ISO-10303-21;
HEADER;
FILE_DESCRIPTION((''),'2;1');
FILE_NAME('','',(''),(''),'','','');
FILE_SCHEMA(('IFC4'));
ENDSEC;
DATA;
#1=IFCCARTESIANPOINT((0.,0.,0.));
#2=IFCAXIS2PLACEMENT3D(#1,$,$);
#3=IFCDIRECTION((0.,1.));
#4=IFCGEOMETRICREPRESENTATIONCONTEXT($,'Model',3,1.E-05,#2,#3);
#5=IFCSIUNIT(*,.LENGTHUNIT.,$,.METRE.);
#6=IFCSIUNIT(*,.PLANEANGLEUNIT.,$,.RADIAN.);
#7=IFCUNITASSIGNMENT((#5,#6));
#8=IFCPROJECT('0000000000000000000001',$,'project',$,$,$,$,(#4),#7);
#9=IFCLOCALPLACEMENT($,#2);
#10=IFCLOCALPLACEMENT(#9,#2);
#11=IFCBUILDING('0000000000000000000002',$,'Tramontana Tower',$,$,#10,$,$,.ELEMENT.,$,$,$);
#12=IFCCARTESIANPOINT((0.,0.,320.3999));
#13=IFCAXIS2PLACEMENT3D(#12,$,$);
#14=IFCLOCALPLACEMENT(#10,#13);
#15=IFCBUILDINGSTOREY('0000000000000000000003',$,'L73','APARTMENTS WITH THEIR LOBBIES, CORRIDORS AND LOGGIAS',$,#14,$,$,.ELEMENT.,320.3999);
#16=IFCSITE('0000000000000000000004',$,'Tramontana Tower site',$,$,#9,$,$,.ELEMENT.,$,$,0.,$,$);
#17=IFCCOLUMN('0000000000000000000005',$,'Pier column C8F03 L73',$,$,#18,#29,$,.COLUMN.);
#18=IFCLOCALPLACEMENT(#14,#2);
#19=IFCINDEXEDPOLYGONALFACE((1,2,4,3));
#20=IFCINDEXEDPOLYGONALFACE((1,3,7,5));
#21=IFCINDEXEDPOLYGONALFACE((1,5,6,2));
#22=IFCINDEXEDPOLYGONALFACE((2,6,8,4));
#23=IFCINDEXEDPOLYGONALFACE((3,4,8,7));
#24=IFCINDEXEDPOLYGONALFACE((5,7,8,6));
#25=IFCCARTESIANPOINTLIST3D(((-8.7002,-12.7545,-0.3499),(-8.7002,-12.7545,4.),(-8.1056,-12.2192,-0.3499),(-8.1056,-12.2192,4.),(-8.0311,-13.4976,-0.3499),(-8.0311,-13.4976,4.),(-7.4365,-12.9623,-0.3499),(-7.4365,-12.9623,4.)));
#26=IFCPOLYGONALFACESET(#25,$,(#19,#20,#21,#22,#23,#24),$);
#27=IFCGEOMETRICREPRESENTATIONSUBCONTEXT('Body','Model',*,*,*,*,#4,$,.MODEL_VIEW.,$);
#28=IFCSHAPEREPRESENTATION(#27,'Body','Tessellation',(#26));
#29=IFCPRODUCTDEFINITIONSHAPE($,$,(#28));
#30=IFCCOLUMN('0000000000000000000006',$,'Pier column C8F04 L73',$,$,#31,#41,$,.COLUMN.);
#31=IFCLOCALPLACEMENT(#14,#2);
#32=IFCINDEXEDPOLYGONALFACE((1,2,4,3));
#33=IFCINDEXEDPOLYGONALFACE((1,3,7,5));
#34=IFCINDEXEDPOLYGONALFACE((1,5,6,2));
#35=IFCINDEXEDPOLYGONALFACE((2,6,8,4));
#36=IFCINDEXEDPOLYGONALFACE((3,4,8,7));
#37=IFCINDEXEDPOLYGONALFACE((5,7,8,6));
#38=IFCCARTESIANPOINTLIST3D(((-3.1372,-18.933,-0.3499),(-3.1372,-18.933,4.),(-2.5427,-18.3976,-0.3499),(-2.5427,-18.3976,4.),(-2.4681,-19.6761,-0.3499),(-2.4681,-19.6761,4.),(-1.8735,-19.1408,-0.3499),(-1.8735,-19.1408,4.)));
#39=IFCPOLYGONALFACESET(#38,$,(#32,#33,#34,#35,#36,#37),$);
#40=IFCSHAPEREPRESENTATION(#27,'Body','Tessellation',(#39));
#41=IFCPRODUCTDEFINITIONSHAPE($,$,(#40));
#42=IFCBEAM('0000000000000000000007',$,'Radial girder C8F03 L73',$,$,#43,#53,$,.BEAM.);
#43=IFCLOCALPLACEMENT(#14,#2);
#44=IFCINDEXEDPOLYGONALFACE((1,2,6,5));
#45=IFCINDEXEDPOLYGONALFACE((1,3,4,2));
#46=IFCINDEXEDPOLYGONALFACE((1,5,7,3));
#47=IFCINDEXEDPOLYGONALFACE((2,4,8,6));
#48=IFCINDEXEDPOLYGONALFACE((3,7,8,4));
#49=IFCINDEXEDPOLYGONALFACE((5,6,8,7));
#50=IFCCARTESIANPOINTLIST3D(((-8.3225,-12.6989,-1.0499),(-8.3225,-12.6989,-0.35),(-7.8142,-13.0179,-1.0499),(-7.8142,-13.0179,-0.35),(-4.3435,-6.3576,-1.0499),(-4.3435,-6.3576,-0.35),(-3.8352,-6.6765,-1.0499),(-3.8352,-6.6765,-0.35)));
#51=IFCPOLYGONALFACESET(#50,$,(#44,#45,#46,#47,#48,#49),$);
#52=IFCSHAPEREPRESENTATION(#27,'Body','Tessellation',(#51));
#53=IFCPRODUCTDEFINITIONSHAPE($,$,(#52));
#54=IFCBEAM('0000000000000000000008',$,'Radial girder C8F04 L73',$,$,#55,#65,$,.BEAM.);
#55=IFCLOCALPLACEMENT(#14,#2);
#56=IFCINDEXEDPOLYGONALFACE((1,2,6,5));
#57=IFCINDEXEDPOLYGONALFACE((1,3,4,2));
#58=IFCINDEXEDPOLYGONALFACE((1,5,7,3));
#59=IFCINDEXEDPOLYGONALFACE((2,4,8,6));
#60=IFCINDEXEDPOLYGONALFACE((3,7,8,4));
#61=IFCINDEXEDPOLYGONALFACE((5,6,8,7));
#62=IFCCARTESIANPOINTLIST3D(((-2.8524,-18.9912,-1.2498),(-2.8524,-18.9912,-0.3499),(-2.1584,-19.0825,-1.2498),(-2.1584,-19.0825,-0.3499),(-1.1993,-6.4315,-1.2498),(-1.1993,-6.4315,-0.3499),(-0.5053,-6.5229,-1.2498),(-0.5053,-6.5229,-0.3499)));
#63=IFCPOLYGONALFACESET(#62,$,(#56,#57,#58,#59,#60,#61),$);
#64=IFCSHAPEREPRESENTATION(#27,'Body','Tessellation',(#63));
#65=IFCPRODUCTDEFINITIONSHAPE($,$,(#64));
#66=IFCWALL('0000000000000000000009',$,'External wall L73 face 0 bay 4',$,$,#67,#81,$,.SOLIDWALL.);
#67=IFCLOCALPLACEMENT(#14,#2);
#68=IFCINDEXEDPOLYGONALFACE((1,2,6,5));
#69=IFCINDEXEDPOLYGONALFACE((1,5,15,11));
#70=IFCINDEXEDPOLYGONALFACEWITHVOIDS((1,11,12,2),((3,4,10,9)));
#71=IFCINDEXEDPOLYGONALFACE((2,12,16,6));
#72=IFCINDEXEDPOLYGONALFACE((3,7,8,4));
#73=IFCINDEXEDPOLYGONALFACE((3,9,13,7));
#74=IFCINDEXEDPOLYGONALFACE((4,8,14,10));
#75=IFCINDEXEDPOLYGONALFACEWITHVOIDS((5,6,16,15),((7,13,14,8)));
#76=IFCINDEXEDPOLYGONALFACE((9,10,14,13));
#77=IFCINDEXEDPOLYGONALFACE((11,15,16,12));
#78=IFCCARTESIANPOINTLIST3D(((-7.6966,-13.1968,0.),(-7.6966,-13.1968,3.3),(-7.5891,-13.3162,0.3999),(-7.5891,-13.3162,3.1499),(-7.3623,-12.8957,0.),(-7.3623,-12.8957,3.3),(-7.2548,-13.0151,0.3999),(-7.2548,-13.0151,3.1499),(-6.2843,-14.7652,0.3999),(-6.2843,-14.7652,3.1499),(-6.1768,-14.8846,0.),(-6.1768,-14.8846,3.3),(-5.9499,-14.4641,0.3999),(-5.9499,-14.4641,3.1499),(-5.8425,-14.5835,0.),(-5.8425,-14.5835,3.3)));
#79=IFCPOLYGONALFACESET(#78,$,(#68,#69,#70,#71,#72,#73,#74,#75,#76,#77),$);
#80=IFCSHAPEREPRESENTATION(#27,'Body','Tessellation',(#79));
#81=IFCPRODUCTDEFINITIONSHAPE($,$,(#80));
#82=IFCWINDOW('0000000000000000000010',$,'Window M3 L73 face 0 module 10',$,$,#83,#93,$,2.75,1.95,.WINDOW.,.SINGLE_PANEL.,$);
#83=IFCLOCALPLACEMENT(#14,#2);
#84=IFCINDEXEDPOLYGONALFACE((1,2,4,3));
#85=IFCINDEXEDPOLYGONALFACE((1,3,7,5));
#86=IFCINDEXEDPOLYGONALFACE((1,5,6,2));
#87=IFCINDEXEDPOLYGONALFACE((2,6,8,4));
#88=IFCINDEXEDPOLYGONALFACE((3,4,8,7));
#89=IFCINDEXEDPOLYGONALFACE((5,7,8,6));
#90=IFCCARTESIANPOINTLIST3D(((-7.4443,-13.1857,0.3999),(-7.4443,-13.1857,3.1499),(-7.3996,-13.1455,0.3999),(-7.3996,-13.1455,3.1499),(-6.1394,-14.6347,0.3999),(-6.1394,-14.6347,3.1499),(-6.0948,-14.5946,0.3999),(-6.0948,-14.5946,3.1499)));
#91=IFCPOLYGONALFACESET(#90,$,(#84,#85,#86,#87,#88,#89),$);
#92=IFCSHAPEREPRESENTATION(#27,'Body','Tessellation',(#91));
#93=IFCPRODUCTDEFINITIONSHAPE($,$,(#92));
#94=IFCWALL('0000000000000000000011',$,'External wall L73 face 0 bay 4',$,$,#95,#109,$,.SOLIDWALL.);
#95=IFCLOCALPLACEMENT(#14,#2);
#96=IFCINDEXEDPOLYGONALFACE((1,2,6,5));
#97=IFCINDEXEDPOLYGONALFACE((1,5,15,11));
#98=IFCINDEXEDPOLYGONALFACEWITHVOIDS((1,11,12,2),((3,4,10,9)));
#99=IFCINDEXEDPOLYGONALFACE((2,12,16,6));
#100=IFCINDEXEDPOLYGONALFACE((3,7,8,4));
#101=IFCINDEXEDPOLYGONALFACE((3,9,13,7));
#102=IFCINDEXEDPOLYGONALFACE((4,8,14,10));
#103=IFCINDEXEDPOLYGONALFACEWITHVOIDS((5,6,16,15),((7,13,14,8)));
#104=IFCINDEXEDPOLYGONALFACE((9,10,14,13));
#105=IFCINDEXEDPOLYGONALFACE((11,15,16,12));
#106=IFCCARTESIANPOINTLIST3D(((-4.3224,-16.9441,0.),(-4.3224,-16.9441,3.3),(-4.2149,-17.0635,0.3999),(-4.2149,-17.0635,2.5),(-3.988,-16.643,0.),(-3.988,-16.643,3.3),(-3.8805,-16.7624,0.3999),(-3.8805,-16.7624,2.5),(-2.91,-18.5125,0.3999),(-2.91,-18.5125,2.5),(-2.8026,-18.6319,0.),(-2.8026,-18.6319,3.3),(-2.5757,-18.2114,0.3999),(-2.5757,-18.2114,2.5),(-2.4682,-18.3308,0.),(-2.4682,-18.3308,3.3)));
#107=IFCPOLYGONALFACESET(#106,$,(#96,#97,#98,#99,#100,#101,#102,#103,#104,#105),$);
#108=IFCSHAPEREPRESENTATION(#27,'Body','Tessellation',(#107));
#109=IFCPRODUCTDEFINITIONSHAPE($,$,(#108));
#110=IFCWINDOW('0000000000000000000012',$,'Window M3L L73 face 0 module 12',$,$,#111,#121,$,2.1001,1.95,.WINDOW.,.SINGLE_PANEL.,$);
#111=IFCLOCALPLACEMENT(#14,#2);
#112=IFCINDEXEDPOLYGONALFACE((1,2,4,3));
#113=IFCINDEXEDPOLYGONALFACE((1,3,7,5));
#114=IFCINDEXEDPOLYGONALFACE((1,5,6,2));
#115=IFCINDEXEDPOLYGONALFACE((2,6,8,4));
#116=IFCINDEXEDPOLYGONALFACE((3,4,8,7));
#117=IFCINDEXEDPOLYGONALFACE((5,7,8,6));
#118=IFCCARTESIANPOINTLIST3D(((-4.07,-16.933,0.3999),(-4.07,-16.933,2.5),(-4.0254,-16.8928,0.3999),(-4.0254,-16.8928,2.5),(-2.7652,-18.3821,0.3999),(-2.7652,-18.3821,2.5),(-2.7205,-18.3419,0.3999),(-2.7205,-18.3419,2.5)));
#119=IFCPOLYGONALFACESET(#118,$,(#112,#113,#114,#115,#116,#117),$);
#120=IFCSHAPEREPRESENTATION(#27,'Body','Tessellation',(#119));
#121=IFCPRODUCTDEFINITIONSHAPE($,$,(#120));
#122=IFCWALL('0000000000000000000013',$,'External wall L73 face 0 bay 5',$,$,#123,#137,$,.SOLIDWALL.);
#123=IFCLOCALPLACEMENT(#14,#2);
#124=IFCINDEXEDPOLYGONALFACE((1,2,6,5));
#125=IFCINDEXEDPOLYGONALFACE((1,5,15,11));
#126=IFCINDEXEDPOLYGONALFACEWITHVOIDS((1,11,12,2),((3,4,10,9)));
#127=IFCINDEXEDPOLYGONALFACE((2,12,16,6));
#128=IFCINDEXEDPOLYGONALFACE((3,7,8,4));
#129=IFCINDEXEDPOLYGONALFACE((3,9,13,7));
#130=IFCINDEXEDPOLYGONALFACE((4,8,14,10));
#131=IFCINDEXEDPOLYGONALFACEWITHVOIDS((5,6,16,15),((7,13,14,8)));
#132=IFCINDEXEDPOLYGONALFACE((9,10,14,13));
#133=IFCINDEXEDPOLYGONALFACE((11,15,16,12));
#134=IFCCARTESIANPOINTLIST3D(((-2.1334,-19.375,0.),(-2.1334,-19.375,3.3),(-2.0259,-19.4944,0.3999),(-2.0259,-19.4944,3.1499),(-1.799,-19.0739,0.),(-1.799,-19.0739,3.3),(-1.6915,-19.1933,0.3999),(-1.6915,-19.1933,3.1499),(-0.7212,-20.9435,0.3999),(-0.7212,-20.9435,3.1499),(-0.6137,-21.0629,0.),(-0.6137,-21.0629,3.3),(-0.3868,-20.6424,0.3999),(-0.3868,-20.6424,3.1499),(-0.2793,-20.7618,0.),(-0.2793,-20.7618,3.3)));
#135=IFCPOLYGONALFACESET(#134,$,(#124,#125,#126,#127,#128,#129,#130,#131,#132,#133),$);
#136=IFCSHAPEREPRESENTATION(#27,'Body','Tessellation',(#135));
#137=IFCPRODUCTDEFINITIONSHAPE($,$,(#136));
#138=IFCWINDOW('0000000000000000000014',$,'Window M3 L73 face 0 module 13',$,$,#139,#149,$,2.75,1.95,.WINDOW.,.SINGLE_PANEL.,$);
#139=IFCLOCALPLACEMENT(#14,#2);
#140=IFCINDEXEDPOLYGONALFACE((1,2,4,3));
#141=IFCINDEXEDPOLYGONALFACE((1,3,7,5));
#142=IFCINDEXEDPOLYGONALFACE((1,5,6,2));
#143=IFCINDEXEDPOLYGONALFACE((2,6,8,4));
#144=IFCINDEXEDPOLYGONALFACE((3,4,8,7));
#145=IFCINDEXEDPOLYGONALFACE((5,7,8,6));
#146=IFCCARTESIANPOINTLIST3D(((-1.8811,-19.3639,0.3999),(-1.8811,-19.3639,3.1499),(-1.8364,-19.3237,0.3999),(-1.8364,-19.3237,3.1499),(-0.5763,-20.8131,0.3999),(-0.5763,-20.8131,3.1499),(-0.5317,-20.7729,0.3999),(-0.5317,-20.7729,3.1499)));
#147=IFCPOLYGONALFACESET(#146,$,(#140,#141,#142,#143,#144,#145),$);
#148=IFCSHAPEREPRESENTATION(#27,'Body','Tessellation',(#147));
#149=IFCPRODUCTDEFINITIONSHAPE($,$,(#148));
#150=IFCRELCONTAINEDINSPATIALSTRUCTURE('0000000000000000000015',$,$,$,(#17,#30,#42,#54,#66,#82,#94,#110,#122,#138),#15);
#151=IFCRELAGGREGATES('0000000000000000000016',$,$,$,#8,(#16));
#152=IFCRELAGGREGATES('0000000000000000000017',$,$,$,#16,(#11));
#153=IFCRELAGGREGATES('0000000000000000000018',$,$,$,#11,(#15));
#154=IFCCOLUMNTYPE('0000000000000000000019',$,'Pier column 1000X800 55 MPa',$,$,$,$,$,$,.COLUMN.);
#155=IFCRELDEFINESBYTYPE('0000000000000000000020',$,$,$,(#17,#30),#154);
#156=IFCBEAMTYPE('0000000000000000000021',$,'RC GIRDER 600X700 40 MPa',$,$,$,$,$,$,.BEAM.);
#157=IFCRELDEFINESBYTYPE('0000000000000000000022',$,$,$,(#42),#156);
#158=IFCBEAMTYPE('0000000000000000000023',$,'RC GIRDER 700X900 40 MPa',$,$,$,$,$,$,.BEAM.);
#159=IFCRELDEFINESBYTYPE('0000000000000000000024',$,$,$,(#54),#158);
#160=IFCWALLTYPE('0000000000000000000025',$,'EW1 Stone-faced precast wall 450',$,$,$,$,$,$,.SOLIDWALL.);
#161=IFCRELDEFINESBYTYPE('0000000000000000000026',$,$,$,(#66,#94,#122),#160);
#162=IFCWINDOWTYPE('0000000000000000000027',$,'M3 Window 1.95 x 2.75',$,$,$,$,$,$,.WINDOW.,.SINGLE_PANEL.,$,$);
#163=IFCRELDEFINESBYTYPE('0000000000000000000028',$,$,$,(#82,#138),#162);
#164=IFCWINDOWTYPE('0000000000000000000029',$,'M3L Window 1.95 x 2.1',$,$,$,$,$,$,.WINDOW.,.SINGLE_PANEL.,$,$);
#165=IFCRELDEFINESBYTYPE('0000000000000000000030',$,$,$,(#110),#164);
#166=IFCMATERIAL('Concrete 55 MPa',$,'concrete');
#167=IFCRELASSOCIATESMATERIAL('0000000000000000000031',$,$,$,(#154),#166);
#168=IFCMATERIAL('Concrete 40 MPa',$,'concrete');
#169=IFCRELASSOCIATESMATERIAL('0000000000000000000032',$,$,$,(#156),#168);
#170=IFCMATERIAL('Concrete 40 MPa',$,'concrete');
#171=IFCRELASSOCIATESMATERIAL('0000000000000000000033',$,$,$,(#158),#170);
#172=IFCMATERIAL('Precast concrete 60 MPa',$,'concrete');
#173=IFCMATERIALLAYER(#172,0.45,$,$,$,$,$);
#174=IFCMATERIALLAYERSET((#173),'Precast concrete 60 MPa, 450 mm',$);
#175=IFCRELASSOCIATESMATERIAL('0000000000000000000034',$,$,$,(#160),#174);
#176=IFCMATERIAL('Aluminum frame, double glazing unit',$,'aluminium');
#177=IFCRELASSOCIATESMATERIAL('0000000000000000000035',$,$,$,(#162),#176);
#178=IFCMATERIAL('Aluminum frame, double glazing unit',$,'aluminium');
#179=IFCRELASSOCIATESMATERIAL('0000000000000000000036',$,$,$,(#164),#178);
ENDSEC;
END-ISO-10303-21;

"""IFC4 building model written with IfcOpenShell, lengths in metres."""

from ifc_helpers import new_model, si_unit, direction, frame, frame_2d, origin, origin_2d, place, context, subcontext, project, spatial, rectangle, extrude, material, layer, layer_set, material_profile, profile_set, type_object, element, fill, save


model = new_model("IFC4")

# Units and contexts
model_context = context("Model", 3, precision=1e-05, world=origin(), true_north=direction((0.0, 1.0)))
body_context = subcontext(model_context, "Body", "Model", "MODEL_VIEW")
ifc_project = project(units=[si_unit("LENGTHUNIT", "METRE"), si_unit("PLANEANGLEUNIT", "RADIAN")], contexts=[model_context])

# Site, building, storey
site_placement = place(None, origin())
site = spatial("IfcSite", under=ifc_project, at=site_placement, Name="Tramontana Tower site", CompositionType="ELEMENT", RefElevation=0.0)
building_placement = place(site_placement, origin())
building = spatial("IfcBuilding", under=site, at=building_placement, Name="Tramontana Tower", CompositionType="ELEMENT")
storey_placement = place(building_placement, frame((0.0, 0.0, 320.3999)))
storey = spatial("IfcBuildingStorey", under=building, at=storey_placement, Name="L73", Description="APARTMENTS WITH THEIR LOBBIES, CORRIDORS AND LOGGIAS", CompositionType="ELEMENT", Elevation=320.3999)

# Columns
ifc_material_1 = material(Name="Concrete 55 MPa", Category="concrete")
ifc_material_profile_1 = material_profile(ifc_material_1, rectangle(XDim=1.0, YDim=0.8, at=origin_2d()), Name="Pier column 1000X800 55 MPa")
ifc_profile_set_1 = profile_set([ifc_material_profile_1], Name="Concrete 55 MPa")
column_type = type_object("IfcColumnType", Name="Pier column 1000X800 55 MPa", PredefinedType="COLUMN", material=ifc_profile_set_1)
for number, where, z_axis, x_axis, name in (
    (1, (-8.0684, -12.8584, -0.3499), (0.0, 0.0, 1.0), (0.669131, -0.743145, 0.0), "Pier column C8F03 L73"),
    (2, (-2.5054, -19.0369, -0.3499), (0.0, 0.0, 1.0), (0.669131, -0.743145, 0.0), "Pier column C8F04 L73"),
):
    element("IfcColumn", number, at=place(storey_placement, frame(where, z_axis=z_axis, x_axis=x_axis)), inside=storey, type_object=column_type, Name=name, PredefinedType="COLUMN", context=body_context, shape_type="SweptSolid", body=[
        extrude(rectangle(XDim=1.0, YDim=0.8, at=origin_2d()), origin(), (0.0, 0.0, 1.0), 4.3499),
    ])

# Beams
ifc_material_2 = material(Name="Concrete 40 MPa", Category="concrete")
ifc_material_profile_2 = material_profile(ifc_material_2, rectangle(XDim=0.6001, YDim=0.7, at=origin_2d()), Name="RC GIRDER 600X700 40 MPa")
ifc_profile_set_2 = profile_set([ifc_material_profile_2], Name="Concrete 40 MPa")
beam_type_1 = type_object("IfcBeamType", Name="RC GIRDER 600X700 40 MPa", PredefinedType="BEAM", material=ifc_profile_set_2)
beam_1_placement = place(storey_placement, frame((-8.0684, -12.8584, -0.7), z_axis=(0.531505, 0.847055, 0.0), x_axis=(-0.847055, 0.531505, 0.0)))
element("IfcBeam", 3, at=beam_1_placement, inside=storey, type_object=beam_type_1, Name="Radial girder C8F03 L73", PredefinedType="BEAM", context=body_context, shape_type="SweptSolid", body=[
    extrude(rectangle(XDim=0.6001, YDim=0.7, at=origin_2d()), origin(), (0.0, 0.0, 1.0), 7.4863),
])
ifc_material_3 = material(Name="Concrete 40 MPa", Category="concrete")
ifc_material_profile_3 = material_profile(ifc_material_3, rectangle(XDim=0.7, YDim=0.8999, at=origin_2d()), Name="RC GIRDER 700X900 40 MPa")
ifc_profile_set_3 = profile_set([ifc_material_profile_3], Name="Concrete 40 MPa")
beam_type_2 = type_object("IfcBeamType", Name="RC GIRDER 700X900 40 MPa", PredefinedType="BEAM", material=ifc_profile_set_3)
beam_2_placement = place(storey_placement, frame((-2.5054, -19.0369, -0.7998), z_axis=(0.130493, 0.991449, 0.0), x_axis=(-0.991449, 0.130493, 0.0)))
element("IfcBeam", 4, at=beam_2_placement, inside=storey, type_object=beam_type_2, Name="Radial girder C8F04 L73", PredefinedType="BEAM", context=body_context, shape_type="SweptSolid", body=[
    extrude(rectangle(XDim=0.7, YDim=0.8999, at=origin_2d()), origin(), (0.0, 0.0, 1.0), 12.668),
])

# Walls, openings, windows
ifc_material_4 = material(Name="Precast concrete 60 MPa", Category="concrete")
ifc_layer_1 = layer(ifc_material_4, 0.45)
ifc_layer_set_1 = layer_set([ifc_layer_1], Name="Precast concrete 60 MPa, 450 mm")
wall_type_1 = type_object("IfcWallType", Name="EW1 Stone-faced precast wall 450", PredefinedType="SOLIDWALL", material=ifc_layer_set_1)
wall_1_placement = place(storey_placement, frame((-7.5295, -13.0461, 0.0), z_axis=(0.0, 0.0, 1.0), x_axis=(0.669161, -0.743118, 0.0)))
wall_1 = element("IfcWall", 5, at=wall_1_placement, inside=storey, type_object=wall_type_1, Name="External wall L73 face 0 bay 4", PredefinedType="SOLIDWALL", context=body_context, shape_type="SweptSolid", body=[
    extrude(rectangle(XDim=2.2712, YDim=0.45, at=frame_2d((1.1357, 0.0))), origin(), (0.0, 0.0, 1.0), 3.3),
])
opening_1_placement = place(wall_1_placement, frame((0.1606, 0.0, 0.3999)))
opening_1 = element("IfcOpeningElement", 6, at=opening_1_placement, cuts=wall_1, PredefinedType="OPENING", context=body_context, shape_type="SweptSolid", body=[
    extrude(rectangle(XDim=1.95, YDim=2.75, at=frame_2d((0.9751, 1.375))), frame((0.0, 0.2349, 0.0), z_axis=(0.0, -1.0, 0.0), x_axis=(1.0, 0.0, 0.0)), (0.0, 0.0, 1.0), 0.47),
])
ifc_material_5 = material(Name="Aluminum frame, double glazing unit", Category="aluminium")
window_type_1 = type_object("IfcWindowType", Name="M3 Window 1.95 x 2.75", PartitioningType="SINGLE_PANEL", PredefinedType="WINDOW", material=ifc_material_5)
window_1_placement = place(opening_1_placement, origin())
window_1 = element("IfcWindow", 7, at=window_1_placement, inside=storey, type_object=window_type_1, Name="Window M3 L73 face 0 module 10", OverallHeight=2.75, OverallWidth=1.95, PartitioningType="SINGLE_PANEL", PredefinedType="WINDOW", context=body_context, shape_type="SweptSolid", body=[
    extrude(rectangle(XDim=1.95, YDim=2.75, at=frame_2d((0.9751, 1.375))), frame((0.0, 0.03, 0.0), z_axis=(0.0, -1.0, 0.0), x_axis=(1.0, 0.0, 0.0)), (0.0, 0.0, 1.0), 0.0601),
])
fill(opening_1, window_1)
wall_2_placement = place(storey_placement, frame((-4.1553, -16.7935, 0.0), z_axis=(0.0, 0.0, 1.0), x_axis=(0.669161, -0.743118, 0.0)))
wall_2 = element("IfcWall", 8, at=wall_2_placement, inside=storey, type_object=wall_type_1, Name="External wall L73 face 0 bay 4", PredefinedType="SOLIDWALL", context=body_context, shape_type="SweptSolid", body=[
    extrude(rectangle(XDim=2.2712, YDim=0.45, at=frame_2d((1.1357, 0.0))), origin(), (0.0, 0.0, 1.0), 3.3),
])
opening_2_placement = place(wall_2_placement, frame((0.1606, 0.0, 0.3999)))
opening_2 = element("IfcOpeningElement", 9, at=opening_2_placement, cuts=wall_2, PredefinedType="OPENING", context=body_context, shape_type="SweptSolid", body=[
    extrude(rectangle(XDim=1.95, YDim=2.1001, at=frame_2d((0.9751, 1.05))), frame((0.0, 0.2349, 0.0), z_axis=(0.0, -1.0, 0.0), x_axis=(1.0, 0.0, 0.0)), (0.0, 0.0, 1.0), 0.47),
])
ifc_material_6 = material(Name="Aluminum frame, double glazing unit", Category="aluminium")
window_type_2 = type_object("IfcWindowType", Name="M3L Window 1.95 x 2.1", PartitioningType="SINGLE_PANEL", PredefinedType="WINDOW", material=ifc_material_6)
window_2_placement = place(opening_2_placement, origin())
window_2 = element("IfcWindow", 10, at=window_2_placement, inside=storey, type_object=window_type_2, Name="Window M3L L73 face 0 module 12", OverallHeight=2.1001, OverallWidth=1.95, PartitioningType="SINGLE_PANEL", PredefinedType="WINDOW", context=body_context, shape_type="SweptSolid", body=[
    extrude(rectangle(XDim=1.95, YDim=2.1001, at=frame_2d((0.9751, 1.05))), frame((0.0, 0.03, 0.0), z_axis=(0.0, -1.0, 0.0), x_axis=(1.0, 0.0, 0.0)), (0.0, 0.0, 1.0), 0.0601),
])
fill(opening_2, window_2)
wall_3_placement = place(storey_placement, frame((-1.9663, -19.2244, 0.0), z_axis=(0.0, 0.0, 1.0), x_axis=(0.669107, -0.743166, 0.0)))
wall_3 = element("IfcWall", 11, at=wall_3_placement, inside=storey, type_object=wall_type_1, Name="External wall L73 face 0 bay 5", PredefinedType="SOLIDWALL", context=body_context, shape_type="SweptSolid", body=[
    extrude(rectangle(XDim=2.2712, YDim=0.45, at=frame_2d((1.1357, 0.0))), origin(), (0.0, 0.0, 1.0), 3.3),
])
opening_3_placement = place(wall_3_placement, frame((0.1606, 0.0, 0.3999)))
opening_3 = element("IfcOpeningElement", 12, at=opening_3_placement, cuts=wall_3, PredefinedType="OPENING", context=body_context, shape_type="SweptSolid", body=[
    extrude(rectangle(XDim=1.95, YDim=2.75, at=frame_2d((0.9751, 1.375))), frame((0.0, 0.2349, 0.0), z_axis=(0.0, -1.0, 0.0), x_axis=(1.0, 0.0, 0.0)), (0.0, 0.0, 1.0), 0.47),
])
window_3_placement = place(opening_3_placement, origin())
window_3 = element("IfcWindow", 13, at=window_3_placement, inside=storey, type_object=window_type_1, Name="Window M3 L73 face 0 module 13", OverallHeight=2.75, OverallWidth=1.95, PartitioningType="SINGLE_PANEL", PredefinedType="WINDOW", context=body_context, shape_type="SweptSolid", body=[
    extrude(rectangle(XDim=1.95, YDim=2.75, at=frame_2d((0.9751, 1.375))), frame((0.0, 0.03, 0.0), z_axis=(0.0, -1.0, 0.0), x_axis=(1.0, 0.0, 0.0)), (0.0, 0.0, 1.0), 0.0601),
])
fill(opening_3, window_3)

save(model, "model.ifc")
